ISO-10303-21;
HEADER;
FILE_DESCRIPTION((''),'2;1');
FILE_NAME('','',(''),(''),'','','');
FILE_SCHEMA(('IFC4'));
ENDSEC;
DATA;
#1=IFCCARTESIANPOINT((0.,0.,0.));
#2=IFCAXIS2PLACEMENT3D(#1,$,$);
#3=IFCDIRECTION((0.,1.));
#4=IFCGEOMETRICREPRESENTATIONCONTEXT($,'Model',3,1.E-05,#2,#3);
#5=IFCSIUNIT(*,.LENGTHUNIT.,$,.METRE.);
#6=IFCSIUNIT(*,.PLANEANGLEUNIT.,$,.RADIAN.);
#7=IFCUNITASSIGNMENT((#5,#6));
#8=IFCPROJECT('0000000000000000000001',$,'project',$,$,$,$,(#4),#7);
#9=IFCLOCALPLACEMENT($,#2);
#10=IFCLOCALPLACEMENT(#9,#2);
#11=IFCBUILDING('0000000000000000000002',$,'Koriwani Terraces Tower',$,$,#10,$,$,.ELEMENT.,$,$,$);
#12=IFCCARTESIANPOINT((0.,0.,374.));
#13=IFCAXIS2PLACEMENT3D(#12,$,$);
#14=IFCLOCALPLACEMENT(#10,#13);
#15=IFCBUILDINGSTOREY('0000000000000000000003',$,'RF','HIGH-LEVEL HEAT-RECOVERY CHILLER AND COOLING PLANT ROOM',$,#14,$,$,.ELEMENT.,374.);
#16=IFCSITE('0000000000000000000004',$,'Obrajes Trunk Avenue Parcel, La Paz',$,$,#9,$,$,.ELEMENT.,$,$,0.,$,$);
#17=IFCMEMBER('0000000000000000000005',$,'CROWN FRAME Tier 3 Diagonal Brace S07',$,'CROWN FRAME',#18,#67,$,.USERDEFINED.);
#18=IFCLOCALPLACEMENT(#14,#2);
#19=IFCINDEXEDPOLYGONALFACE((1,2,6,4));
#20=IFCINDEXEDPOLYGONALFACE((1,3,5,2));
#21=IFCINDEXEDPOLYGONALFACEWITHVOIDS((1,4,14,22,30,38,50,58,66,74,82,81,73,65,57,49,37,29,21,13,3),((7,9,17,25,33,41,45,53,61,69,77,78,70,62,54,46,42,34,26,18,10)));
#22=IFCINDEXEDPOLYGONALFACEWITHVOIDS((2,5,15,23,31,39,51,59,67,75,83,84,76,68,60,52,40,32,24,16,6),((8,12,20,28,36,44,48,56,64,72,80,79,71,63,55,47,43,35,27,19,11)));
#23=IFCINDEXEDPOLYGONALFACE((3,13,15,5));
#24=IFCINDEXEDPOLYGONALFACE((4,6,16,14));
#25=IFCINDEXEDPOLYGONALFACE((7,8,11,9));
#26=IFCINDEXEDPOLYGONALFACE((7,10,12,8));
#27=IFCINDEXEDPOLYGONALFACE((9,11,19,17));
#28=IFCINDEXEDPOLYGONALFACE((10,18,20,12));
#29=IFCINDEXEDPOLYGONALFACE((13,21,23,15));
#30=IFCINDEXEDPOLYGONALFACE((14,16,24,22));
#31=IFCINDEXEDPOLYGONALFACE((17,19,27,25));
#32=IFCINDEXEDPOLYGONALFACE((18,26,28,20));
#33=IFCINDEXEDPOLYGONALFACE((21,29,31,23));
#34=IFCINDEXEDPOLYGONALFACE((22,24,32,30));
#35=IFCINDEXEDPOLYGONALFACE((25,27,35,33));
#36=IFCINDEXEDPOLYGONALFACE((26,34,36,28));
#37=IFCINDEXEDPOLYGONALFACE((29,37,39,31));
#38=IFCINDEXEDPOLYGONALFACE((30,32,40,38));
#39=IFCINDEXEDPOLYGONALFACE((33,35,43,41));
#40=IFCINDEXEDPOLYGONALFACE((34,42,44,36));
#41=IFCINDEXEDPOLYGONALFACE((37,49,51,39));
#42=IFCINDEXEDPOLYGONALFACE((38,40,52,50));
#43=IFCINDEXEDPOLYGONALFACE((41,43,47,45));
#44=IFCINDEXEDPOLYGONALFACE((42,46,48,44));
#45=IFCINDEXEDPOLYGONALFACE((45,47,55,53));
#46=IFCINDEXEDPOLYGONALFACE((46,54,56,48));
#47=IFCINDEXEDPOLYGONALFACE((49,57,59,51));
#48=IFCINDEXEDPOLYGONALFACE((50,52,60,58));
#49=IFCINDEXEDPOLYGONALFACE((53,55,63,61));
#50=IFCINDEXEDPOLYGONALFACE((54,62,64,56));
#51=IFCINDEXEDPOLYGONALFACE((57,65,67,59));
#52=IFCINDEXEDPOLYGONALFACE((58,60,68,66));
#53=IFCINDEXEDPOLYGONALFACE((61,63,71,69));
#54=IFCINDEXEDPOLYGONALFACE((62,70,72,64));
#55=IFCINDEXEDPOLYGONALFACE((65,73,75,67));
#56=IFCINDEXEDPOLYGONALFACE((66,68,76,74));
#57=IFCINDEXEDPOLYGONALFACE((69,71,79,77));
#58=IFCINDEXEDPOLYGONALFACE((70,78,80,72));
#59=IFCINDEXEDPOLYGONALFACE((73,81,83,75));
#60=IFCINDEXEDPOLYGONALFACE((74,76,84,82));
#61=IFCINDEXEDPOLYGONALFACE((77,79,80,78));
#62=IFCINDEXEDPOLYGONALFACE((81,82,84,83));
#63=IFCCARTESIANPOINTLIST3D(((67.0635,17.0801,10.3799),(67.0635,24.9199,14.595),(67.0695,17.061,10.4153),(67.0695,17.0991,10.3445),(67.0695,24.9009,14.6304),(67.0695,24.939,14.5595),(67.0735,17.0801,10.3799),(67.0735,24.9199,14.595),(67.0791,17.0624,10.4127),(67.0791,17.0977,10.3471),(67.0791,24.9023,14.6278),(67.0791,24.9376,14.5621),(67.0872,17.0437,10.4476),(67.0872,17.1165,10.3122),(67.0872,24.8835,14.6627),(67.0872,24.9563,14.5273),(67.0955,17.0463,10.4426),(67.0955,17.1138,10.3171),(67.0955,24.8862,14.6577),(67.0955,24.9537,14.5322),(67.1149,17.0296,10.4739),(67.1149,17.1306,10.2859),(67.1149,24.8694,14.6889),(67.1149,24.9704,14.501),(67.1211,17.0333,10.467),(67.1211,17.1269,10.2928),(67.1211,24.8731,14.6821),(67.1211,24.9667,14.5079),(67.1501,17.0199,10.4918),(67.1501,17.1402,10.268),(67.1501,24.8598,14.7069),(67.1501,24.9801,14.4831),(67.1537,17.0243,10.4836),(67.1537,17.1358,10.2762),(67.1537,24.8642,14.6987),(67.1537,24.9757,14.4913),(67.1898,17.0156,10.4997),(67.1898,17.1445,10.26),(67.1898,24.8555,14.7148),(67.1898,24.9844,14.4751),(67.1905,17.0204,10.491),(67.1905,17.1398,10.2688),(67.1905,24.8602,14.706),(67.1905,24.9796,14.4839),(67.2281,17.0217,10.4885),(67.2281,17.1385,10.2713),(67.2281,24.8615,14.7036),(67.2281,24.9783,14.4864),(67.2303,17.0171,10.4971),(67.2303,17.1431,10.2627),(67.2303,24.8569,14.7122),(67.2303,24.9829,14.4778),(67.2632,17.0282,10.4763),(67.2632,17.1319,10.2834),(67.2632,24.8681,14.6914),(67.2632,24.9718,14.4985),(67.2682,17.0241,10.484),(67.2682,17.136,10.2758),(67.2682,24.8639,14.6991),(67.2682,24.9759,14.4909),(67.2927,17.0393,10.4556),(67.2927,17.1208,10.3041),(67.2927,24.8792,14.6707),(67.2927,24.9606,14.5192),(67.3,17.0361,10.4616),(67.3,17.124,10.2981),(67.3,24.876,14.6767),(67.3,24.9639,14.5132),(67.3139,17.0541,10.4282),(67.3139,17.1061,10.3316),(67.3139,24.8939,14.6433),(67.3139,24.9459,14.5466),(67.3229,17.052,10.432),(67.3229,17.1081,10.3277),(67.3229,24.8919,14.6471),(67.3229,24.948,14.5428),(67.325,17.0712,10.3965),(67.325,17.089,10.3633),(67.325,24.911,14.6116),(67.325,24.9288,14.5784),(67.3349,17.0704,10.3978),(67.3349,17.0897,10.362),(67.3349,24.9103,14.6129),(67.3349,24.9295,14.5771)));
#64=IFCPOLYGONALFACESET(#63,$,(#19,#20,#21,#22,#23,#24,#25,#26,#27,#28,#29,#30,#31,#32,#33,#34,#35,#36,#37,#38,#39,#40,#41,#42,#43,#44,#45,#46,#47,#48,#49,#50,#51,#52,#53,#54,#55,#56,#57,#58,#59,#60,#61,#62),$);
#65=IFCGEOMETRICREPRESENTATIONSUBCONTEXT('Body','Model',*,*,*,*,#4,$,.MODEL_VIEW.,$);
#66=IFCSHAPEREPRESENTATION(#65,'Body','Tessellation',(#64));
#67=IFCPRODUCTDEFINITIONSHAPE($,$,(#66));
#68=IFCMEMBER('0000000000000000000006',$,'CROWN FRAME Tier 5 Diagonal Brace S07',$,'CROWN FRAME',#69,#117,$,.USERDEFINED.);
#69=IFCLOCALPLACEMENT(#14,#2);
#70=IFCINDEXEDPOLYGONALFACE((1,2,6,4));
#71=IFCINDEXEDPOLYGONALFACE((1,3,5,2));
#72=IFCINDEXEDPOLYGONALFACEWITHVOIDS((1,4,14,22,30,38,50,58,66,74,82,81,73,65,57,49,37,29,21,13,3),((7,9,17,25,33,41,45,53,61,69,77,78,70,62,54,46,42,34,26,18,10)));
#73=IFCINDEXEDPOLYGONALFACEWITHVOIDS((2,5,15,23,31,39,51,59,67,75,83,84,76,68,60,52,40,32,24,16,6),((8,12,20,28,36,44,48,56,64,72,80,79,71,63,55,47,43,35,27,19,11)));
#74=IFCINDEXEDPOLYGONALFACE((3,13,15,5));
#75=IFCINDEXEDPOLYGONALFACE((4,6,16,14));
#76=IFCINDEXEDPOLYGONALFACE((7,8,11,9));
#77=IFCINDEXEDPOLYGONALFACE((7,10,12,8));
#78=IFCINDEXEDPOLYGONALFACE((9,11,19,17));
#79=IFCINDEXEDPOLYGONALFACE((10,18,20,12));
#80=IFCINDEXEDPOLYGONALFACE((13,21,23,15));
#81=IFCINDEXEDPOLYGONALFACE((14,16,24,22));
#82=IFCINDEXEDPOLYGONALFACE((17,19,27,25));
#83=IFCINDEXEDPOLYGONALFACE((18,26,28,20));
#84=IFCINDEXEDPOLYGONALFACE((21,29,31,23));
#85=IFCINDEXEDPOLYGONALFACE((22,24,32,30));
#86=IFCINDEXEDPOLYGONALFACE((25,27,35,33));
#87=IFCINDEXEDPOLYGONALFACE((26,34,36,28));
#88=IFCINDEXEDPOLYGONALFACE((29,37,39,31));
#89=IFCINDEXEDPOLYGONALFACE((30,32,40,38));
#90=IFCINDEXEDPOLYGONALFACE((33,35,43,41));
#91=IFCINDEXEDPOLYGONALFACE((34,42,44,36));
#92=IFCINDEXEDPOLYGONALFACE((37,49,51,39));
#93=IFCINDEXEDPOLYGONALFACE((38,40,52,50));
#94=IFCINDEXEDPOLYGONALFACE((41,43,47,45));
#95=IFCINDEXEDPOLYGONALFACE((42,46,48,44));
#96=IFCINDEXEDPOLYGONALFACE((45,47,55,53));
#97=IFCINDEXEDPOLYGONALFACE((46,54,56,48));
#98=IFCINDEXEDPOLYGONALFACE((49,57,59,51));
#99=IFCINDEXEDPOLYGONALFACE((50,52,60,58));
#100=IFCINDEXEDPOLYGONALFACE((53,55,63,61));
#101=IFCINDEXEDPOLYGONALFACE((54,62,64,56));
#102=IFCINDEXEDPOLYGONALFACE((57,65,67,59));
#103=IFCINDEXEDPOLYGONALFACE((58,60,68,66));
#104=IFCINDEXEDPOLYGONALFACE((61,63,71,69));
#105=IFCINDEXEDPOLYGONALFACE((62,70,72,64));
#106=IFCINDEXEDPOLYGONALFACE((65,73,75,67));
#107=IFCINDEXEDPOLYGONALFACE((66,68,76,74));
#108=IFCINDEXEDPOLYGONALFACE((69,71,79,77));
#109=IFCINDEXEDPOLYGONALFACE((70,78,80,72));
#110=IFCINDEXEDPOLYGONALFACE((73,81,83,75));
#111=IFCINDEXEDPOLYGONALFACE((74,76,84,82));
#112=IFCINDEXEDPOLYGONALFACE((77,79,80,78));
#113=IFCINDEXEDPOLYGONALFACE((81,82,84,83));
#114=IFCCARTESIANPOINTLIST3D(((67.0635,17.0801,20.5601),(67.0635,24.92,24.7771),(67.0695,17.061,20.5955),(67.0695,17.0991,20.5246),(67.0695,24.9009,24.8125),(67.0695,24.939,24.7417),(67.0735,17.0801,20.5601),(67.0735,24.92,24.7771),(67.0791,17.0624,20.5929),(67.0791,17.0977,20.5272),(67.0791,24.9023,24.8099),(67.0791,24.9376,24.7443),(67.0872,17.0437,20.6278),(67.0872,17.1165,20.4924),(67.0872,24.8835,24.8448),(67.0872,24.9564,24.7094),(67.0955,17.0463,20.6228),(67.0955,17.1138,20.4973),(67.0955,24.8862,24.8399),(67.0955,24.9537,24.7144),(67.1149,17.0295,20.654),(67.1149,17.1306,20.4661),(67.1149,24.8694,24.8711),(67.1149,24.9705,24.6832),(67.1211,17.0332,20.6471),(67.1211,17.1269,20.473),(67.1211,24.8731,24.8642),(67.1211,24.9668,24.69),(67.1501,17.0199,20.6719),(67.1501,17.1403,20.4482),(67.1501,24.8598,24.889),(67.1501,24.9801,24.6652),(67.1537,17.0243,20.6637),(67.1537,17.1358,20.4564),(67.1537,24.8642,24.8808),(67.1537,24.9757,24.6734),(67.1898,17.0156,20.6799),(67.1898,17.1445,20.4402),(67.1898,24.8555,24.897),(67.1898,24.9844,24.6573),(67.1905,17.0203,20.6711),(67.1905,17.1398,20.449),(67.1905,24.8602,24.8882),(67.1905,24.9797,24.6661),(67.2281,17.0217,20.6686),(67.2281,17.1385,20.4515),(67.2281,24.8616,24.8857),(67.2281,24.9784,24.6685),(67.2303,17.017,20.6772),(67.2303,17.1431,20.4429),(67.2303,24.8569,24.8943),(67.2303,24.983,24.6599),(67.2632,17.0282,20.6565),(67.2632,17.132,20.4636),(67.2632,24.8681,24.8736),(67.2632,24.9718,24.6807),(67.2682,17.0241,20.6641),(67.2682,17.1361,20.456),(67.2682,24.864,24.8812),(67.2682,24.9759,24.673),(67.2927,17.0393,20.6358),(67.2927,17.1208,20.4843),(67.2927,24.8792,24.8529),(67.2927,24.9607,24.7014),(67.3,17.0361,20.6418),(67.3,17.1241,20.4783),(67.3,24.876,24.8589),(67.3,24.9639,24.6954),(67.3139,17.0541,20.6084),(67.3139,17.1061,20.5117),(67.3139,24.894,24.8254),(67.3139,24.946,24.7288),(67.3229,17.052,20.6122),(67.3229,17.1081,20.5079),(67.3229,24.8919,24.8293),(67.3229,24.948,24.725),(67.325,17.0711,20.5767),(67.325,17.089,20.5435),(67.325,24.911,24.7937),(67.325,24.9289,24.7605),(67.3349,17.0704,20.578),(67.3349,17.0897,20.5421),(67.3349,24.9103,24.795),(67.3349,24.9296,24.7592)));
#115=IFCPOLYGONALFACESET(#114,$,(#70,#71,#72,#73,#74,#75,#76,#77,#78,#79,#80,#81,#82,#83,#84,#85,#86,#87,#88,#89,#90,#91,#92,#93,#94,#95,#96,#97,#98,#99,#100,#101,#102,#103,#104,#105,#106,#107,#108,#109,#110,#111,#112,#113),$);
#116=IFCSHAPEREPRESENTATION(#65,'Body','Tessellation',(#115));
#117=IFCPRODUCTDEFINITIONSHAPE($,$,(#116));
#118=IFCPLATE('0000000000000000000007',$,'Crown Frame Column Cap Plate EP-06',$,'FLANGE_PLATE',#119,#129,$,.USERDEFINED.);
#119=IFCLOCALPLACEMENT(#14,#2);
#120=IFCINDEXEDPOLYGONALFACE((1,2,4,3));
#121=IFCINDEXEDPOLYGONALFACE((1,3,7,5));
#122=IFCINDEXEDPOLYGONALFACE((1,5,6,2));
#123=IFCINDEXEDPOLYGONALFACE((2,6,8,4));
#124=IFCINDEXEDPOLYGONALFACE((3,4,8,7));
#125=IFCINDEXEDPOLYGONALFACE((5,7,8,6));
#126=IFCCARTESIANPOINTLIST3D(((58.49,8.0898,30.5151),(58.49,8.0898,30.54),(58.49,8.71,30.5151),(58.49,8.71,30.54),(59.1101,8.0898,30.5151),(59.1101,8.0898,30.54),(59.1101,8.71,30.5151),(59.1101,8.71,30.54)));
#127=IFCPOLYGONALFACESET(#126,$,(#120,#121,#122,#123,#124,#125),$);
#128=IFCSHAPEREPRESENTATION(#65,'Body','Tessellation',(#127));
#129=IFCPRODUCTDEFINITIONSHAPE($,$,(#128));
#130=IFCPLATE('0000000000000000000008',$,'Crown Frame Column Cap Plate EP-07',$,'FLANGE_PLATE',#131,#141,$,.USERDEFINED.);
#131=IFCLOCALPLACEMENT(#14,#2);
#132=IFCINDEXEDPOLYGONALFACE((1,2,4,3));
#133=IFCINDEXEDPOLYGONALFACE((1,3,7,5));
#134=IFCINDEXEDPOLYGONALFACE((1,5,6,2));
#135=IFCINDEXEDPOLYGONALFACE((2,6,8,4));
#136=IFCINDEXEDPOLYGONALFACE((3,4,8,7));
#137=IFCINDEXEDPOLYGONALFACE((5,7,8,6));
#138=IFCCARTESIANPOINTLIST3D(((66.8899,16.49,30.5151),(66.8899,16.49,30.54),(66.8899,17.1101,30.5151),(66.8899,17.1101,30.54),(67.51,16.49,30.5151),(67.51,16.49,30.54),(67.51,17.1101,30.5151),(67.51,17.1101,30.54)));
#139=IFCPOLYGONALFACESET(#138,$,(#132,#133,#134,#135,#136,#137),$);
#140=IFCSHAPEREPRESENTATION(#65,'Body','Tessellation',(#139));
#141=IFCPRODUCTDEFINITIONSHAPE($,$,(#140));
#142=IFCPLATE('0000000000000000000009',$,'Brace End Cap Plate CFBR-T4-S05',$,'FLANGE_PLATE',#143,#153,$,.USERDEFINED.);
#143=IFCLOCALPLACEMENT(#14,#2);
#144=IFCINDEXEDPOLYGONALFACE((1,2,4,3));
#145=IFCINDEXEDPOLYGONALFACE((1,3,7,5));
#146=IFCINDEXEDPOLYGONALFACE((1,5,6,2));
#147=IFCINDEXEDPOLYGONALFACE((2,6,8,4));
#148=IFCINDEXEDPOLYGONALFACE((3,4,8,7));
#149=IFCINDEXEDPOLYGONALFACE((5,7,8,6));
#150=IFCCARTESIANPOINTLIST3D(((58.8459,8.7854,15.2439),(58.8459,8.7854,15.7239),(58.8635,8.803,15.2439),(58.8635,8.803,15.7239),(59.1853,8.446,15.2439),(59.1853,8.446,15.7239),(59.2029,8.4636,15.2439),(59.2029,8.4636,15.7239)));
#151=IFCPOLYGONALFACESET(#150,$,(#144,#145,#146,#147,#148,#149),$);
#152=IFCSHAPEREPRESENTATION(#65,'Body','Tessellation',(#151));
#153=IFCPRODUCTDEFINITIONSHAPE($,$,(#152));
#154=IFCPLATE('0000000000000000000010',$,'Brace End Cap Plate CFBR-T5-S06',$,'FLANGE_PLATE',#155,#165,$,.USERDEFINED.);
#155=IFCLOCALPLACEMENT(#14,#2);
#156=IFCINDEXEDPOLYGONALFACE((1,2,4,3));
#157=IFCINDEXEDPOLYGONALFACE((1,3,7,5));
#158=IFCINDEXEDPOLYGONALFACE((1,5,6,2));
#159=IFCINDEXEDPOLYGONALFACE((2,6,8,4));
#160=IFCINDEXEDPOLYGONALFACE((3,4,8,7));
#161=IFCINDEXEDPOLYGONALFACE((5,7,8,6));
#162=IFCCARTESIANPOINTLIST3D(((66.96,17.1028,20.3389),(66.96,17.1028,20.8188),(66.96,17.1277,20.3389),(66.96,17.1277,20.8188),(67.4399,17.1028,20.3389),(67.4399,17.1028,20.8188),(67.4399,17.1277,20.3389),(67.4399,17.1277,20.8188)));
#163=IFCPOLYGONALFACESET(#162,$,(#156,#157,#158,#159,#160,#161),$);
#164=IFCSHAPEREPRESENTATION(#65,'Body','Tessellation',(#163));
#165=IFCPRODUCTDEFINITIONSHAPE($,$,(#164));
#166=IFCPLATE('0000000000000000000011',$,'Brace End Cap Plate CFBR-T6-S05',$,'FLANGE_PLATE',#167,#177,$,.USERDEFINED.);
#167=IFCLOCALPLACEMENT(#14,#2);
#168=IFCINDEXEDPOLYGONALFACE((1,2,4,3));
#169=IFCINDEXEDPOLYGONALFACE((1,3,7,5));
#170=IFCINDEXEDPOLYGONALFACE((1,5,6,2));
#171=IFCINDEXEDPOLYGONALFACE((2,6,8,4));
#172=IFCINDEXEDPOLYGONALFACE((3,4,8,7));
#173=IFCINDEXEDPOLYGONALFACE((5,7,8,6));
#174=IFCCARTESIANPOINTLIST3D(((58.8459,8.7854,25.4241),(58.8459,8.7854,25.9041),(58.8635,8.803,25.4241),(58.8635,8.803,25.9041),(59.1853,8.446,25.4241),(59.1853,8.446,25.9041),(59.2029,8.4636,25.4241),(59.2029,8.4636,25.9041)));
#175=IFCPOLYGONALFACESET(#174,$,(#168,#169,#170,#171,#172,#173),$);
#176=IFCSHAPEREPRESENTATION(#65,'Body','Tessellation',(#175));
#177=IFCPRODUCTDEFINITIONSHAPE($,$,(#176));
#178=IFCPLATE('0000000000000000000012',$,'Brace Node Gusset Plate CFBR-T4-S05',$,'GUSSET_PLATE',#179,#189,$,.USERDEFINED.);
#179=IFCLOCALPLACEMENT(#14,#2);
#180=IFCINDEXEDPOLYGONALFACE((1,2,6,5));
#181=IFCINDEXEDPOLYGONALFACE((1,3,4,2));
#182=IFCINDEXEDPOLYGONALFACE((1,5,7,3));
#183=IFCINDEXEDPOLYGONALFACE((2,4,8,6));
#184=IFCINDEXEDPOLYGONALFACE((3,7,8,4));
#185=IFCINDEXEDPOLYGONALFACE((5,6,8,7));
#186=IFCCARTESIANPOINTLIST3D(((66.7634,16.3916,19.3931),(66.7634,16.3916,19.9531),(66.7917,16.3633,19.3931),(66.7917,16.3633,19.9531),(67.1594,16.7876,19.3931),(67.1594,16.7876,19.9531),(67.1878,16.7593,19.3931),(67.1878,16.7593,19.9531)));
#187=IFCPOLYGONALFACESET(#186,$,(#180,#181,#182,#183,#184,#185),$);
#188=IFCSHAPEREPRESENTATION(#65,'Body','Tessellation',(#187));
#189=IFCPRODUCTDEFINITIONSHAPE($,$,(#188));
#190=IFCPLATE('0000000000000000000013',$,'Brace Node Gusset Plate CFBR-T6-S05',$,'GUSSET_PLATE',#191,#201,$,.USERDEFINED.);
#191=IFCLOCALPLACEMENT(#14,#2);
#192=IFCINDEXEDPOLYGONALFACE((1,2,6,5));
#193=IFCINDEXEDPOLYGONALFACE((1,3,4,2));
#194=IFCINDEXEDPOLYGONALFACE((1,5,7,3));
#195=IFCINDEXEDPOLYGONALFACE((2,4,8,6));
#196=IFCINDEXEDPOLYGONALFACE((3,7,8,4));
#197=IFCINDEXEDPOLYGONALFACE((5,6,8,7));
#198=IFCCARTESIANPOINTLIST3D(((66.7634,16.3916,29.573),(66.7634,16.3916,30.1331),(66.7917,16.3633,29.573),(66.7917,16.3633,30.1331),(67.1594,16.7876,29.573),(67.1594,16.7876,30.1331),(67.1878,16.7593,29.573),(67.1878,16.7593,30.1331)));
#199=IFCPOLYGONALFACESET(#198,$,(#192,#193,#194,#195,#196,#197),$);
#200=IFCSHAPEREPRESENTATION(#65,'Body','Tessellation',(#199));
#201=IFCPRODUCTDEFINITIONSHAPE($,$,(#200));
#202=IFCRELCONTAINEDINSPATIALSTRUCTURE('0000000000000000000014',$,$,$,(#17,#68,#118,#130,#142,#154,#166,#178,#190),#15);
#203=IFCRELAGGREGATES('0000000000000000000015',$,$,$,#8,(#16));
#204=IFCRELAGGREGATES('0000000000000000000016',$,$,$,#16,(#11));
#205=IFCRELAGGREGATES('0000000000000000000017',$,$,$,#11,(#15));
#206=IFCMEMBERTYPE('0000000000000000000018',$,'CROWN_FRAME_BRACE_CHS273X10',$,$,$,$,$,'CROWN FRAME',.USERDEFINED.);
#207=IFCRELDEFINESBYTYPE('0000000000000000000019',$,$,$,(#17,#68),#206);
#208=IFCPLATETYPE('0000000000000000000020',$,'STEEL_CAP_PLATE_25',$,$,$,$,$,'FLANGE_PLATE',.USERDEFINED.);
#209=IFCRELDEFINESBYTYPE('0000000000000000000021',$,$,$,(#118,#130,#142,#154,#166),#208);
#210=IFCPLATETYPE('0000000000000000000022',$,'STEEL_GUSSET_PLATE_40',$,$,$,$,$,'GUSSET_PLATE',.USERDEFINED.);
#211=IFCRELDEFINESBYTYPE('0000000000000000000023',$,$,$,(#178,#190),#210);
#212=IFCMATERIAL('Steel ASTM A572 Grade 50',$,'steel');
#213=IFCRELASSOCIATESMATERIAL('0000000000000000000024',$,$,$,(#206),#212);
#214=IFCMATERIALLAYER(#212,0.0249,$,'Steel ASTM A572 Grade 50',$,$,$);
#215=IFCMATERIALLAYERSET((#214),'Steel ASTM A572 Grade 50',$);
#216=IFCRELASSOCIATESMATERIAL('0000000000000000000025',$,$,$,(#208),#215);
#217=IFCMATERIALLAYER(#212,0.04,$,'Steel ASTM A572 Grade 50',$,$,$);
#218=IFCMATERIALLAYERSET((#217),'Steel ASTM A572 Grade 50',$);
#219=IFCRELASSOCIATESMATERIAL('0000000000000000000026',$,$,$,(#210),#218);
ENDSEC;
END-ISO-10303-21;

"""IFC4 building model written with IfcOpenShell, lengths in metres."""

from ifc_helpers import new_model, si_unit, direction, frame, origin, origin_2d, place, context, subcontext, project, spatial, rectangle, hollow_circle, extrude, material, layer, layer_set, material_profile, profile_set, type_object, element, save


model = new_model("IFC4")

# Units and contexts
model_context = context("Model", 3, precision=1e-05, world=origin(), true_north=direction((0.0, 1.0)))
body_context = subcontext(model_context, "Body", "Model", "MODEL_VIEW")
ifc_project = project(units=[si_unit("LENGTHUNIT", "METRE"), si_unit("PLANEANGLEUNIT", "RADIAN")], contexts=[model_context])

# Site, building, storey
site_placement = place(None, origin())
site = spatial("IfcSite", under=ifc_project, at=site_placement, Name="Obrajes Trunk Avenue Parcel, La Paz", CompositionType="ELEMENT", RefElevation=0.0)
building_placement = place(site_placement, origin())
building = spatial("IfcBuilding", under=site, at=building_placement, Name="Koriwani Terraces Tower", CompositionType="ELEMENT")
storey_placement = place(building_placement, frame((0.0, 0.0, 374.0)))
storey = spatial("IfcBuildingStorey", under=building, at=storey_placement, Name="RF", Description="HIGH-LEVEL HEAT-RECOVERY CHILLER AND COOLING PLANT ROOM", CompositionType="ELEMENT", Elevation=374.0)

# Shared definitions
ifc_material_1 = material(Name="Steel ASTM A572 Grade 50", Category="steel")

# Members
ifc_material_profile_1 = material_profile(ifc_material_1, hollow_circle(Radius=0.1365, WallThickness=0.01, at=origin_2d()), Name="Steel ASTM A572 Grade 50", Category="LoadBearing")
ifc_profile_set_1 = profile_set([ifc_material_profile_1], Name="Steel ASTM A572 Grade 50")
member_type_1 = type_object("IfcMemberType", Name="CROWN_FRAME_BRACE_CHS273X10", ElementType="CROWN FRAME", PredefinedType="USERDEFINED", material=ifc_profile_set_1)
member_1_placement = place(storey_placement, frame((67.2, 17.0801, 10.3799), z_axis=(0.0, 0.880769, 0.473545), x_axis=(-1.0, 0.0, 0.0)))
element("IfcMember", 1, at=member_1_placement, inside=storey, type_object=member_type_1, Name="CROWN FRAME Tier 3 Diagonal Brace S07", ObjectType="CROWN FRAME", PredefinedType="USERDEFINED", context=body_context, shape_type="SweptSolid", body=[
    extrude(hollow_circle(Radius=0.1365, WallThickness=0.01, at=origin_2d()), origin(), (0.0, 0.0, 1.0), 8.9011),
])
member_2_placement = place(storey_placement, frame((67.2, 17.0801, 20.5601), z_axis=(0.0, 0.880678, 0.473715), x_axis=(-1.0, 0.0, 0.0)))
element("IfcMember", 2, at=member_2_placement, inside=storey, type_object=member_type_1, Name="CROWN FRAME Tier 5 Diagonal Brace S07", ObjectType="CROWN FRAME", PredefinedType="USERDEFINED", context=body_context, shape_type="SweptSolid", body=[
    extrude(hollow_circle(Radius=0.1365, WallThickness=0.01, at=origin_2d()), origin(), (0.0, 0.0, 1.0), 8.9021),
])

# Plates
ifc_layer_1 = layer(ifc_material_1, 0.0249, Name="Steel ASTM A572 Grade 50")
ifc_layer_set_1 = layer_set([ifc_layer_1], Name="Steel ASTM A572 Grade 50")
plate_type_1 = type_object("IfcPlateType", Name="STEEL_CAP_PLATE_25", ElementType="FLANGE_PLATE", PredefinedType="USERDEFINED", material=ifc_layer_set_1)
for number, where, z_axis, x_axis, name in (
    (3, (58.8, 8.3999, 30.5151), (0.0, 0.0, 1.0), (1.0, 0.0, 0.0), "Crown Frame Column Cap Plate EP-06"),
    (4, (67.2, 16.8, 30.5151), (0.0, 0.0, 1.0), (1.0, 0.0, 0.0), "Crown Frame Column Cap Plate EP-07"),
):
    element("IfcPlate", number, at=place(storey_placement, frame(where, z_axis=z_axis, x_axis=x_axis)), inside=storey, type_object=plate_type_1, Name=name, ObjectType="FLANGE_PLATE", PredefinedType="USERDEFINED", context=body_context, shape_type="SweptSolid", body=[
        extrude(rectangle(XDim=0.6201, YDim=0.6201, at=origin_2d()), origin(), (0.0, 0.0, 1.0), 0.0249),
    ])
for number, where, z_axis, x_axis, name in (
    (5, (59.0244, 8.6245, 15.2439), (0.0, 0.0, 1.0), (0.707107, 0.707107, 0.0), "Brace End Cap Plate CFBR-T4-S05"),
    (6, (67.2, 17.1152, 20.3389), (0.0, 0.0, 1.0), (0.0, 1.0, 0.0), "Brace End Cap Plate CFBR-T5-S06"),
    (7, (59.0244, 8.6245, 25.4241), (0.0, 0.0, 1.0), (0.707107, 0.707107, 0.0), "Brace End Cap Plate CFBR-T6-S05"),
):
    element("IfcPlate", number, at=place(storey_placement, frame(where, z_axis=z_axis, x_axis=x_axis)), inside=storey, type_object=plate_type_1, Name=name, ObjectType="FLANGE_PLATE", PredefinedType="USERDEFINED", context=body_context, shape_type="SweptSolid", body=[
        extrude(rectangle(XDim=0.0249, YDim=0.48, at=origin_2d()), origin(), (0.0, 0.0, 1.0), 0.48),
    ])
ifc_layer_2 = layer(ifc_material_1, 0.04, Name="Steel ASTM A572 Grade 50")
ifc_layer_set_2 = layer_set([ifc_layer_2], Name="Steel ASTM A572 Grade 50")
plate_type_2 = type_object("IfcPlateType", Name="STEEL_GUSSET_PLATE_40", ElementType="GUSSET_PLATE", PredefinedType="USERDEFINED", material=ifc_layer_set_2)
for number, where, z_axis, x_axis, name in (
    (8, (66.9756, 16.5754, 19.3931), (0.0, 0.0, 1.0), (0.707107, 0.707107, 0.0), "Brace Node Gusset Plate CFBR-T4-S05"),
    (9, (66.9756, 16.5754, 29.573), (0.0, 0.0, 1.0), (0.707107, 0.707107, 0.0), "Brace Node Gusset Plate CFBR-T6-S05"),
):
    element("IfcPlate", number, at=place(storey_placement, frame(where, z_axis=z_axis, x_axis=x_axis)), inside=storey, type_object=plate_type_2, Name=name, ObjectType="GUSSET_PLATE", PredefinedType="USERDEFINED", context=body_context, shape_type="SweptSolid", body=[
        extrude(rectangle(XDim=0.5601, YDim=0.04, at=origin_2d()), origin(), (0.0, 0.0, 1.0), 0.5601),
    ])

save(model, "model.ifc")
